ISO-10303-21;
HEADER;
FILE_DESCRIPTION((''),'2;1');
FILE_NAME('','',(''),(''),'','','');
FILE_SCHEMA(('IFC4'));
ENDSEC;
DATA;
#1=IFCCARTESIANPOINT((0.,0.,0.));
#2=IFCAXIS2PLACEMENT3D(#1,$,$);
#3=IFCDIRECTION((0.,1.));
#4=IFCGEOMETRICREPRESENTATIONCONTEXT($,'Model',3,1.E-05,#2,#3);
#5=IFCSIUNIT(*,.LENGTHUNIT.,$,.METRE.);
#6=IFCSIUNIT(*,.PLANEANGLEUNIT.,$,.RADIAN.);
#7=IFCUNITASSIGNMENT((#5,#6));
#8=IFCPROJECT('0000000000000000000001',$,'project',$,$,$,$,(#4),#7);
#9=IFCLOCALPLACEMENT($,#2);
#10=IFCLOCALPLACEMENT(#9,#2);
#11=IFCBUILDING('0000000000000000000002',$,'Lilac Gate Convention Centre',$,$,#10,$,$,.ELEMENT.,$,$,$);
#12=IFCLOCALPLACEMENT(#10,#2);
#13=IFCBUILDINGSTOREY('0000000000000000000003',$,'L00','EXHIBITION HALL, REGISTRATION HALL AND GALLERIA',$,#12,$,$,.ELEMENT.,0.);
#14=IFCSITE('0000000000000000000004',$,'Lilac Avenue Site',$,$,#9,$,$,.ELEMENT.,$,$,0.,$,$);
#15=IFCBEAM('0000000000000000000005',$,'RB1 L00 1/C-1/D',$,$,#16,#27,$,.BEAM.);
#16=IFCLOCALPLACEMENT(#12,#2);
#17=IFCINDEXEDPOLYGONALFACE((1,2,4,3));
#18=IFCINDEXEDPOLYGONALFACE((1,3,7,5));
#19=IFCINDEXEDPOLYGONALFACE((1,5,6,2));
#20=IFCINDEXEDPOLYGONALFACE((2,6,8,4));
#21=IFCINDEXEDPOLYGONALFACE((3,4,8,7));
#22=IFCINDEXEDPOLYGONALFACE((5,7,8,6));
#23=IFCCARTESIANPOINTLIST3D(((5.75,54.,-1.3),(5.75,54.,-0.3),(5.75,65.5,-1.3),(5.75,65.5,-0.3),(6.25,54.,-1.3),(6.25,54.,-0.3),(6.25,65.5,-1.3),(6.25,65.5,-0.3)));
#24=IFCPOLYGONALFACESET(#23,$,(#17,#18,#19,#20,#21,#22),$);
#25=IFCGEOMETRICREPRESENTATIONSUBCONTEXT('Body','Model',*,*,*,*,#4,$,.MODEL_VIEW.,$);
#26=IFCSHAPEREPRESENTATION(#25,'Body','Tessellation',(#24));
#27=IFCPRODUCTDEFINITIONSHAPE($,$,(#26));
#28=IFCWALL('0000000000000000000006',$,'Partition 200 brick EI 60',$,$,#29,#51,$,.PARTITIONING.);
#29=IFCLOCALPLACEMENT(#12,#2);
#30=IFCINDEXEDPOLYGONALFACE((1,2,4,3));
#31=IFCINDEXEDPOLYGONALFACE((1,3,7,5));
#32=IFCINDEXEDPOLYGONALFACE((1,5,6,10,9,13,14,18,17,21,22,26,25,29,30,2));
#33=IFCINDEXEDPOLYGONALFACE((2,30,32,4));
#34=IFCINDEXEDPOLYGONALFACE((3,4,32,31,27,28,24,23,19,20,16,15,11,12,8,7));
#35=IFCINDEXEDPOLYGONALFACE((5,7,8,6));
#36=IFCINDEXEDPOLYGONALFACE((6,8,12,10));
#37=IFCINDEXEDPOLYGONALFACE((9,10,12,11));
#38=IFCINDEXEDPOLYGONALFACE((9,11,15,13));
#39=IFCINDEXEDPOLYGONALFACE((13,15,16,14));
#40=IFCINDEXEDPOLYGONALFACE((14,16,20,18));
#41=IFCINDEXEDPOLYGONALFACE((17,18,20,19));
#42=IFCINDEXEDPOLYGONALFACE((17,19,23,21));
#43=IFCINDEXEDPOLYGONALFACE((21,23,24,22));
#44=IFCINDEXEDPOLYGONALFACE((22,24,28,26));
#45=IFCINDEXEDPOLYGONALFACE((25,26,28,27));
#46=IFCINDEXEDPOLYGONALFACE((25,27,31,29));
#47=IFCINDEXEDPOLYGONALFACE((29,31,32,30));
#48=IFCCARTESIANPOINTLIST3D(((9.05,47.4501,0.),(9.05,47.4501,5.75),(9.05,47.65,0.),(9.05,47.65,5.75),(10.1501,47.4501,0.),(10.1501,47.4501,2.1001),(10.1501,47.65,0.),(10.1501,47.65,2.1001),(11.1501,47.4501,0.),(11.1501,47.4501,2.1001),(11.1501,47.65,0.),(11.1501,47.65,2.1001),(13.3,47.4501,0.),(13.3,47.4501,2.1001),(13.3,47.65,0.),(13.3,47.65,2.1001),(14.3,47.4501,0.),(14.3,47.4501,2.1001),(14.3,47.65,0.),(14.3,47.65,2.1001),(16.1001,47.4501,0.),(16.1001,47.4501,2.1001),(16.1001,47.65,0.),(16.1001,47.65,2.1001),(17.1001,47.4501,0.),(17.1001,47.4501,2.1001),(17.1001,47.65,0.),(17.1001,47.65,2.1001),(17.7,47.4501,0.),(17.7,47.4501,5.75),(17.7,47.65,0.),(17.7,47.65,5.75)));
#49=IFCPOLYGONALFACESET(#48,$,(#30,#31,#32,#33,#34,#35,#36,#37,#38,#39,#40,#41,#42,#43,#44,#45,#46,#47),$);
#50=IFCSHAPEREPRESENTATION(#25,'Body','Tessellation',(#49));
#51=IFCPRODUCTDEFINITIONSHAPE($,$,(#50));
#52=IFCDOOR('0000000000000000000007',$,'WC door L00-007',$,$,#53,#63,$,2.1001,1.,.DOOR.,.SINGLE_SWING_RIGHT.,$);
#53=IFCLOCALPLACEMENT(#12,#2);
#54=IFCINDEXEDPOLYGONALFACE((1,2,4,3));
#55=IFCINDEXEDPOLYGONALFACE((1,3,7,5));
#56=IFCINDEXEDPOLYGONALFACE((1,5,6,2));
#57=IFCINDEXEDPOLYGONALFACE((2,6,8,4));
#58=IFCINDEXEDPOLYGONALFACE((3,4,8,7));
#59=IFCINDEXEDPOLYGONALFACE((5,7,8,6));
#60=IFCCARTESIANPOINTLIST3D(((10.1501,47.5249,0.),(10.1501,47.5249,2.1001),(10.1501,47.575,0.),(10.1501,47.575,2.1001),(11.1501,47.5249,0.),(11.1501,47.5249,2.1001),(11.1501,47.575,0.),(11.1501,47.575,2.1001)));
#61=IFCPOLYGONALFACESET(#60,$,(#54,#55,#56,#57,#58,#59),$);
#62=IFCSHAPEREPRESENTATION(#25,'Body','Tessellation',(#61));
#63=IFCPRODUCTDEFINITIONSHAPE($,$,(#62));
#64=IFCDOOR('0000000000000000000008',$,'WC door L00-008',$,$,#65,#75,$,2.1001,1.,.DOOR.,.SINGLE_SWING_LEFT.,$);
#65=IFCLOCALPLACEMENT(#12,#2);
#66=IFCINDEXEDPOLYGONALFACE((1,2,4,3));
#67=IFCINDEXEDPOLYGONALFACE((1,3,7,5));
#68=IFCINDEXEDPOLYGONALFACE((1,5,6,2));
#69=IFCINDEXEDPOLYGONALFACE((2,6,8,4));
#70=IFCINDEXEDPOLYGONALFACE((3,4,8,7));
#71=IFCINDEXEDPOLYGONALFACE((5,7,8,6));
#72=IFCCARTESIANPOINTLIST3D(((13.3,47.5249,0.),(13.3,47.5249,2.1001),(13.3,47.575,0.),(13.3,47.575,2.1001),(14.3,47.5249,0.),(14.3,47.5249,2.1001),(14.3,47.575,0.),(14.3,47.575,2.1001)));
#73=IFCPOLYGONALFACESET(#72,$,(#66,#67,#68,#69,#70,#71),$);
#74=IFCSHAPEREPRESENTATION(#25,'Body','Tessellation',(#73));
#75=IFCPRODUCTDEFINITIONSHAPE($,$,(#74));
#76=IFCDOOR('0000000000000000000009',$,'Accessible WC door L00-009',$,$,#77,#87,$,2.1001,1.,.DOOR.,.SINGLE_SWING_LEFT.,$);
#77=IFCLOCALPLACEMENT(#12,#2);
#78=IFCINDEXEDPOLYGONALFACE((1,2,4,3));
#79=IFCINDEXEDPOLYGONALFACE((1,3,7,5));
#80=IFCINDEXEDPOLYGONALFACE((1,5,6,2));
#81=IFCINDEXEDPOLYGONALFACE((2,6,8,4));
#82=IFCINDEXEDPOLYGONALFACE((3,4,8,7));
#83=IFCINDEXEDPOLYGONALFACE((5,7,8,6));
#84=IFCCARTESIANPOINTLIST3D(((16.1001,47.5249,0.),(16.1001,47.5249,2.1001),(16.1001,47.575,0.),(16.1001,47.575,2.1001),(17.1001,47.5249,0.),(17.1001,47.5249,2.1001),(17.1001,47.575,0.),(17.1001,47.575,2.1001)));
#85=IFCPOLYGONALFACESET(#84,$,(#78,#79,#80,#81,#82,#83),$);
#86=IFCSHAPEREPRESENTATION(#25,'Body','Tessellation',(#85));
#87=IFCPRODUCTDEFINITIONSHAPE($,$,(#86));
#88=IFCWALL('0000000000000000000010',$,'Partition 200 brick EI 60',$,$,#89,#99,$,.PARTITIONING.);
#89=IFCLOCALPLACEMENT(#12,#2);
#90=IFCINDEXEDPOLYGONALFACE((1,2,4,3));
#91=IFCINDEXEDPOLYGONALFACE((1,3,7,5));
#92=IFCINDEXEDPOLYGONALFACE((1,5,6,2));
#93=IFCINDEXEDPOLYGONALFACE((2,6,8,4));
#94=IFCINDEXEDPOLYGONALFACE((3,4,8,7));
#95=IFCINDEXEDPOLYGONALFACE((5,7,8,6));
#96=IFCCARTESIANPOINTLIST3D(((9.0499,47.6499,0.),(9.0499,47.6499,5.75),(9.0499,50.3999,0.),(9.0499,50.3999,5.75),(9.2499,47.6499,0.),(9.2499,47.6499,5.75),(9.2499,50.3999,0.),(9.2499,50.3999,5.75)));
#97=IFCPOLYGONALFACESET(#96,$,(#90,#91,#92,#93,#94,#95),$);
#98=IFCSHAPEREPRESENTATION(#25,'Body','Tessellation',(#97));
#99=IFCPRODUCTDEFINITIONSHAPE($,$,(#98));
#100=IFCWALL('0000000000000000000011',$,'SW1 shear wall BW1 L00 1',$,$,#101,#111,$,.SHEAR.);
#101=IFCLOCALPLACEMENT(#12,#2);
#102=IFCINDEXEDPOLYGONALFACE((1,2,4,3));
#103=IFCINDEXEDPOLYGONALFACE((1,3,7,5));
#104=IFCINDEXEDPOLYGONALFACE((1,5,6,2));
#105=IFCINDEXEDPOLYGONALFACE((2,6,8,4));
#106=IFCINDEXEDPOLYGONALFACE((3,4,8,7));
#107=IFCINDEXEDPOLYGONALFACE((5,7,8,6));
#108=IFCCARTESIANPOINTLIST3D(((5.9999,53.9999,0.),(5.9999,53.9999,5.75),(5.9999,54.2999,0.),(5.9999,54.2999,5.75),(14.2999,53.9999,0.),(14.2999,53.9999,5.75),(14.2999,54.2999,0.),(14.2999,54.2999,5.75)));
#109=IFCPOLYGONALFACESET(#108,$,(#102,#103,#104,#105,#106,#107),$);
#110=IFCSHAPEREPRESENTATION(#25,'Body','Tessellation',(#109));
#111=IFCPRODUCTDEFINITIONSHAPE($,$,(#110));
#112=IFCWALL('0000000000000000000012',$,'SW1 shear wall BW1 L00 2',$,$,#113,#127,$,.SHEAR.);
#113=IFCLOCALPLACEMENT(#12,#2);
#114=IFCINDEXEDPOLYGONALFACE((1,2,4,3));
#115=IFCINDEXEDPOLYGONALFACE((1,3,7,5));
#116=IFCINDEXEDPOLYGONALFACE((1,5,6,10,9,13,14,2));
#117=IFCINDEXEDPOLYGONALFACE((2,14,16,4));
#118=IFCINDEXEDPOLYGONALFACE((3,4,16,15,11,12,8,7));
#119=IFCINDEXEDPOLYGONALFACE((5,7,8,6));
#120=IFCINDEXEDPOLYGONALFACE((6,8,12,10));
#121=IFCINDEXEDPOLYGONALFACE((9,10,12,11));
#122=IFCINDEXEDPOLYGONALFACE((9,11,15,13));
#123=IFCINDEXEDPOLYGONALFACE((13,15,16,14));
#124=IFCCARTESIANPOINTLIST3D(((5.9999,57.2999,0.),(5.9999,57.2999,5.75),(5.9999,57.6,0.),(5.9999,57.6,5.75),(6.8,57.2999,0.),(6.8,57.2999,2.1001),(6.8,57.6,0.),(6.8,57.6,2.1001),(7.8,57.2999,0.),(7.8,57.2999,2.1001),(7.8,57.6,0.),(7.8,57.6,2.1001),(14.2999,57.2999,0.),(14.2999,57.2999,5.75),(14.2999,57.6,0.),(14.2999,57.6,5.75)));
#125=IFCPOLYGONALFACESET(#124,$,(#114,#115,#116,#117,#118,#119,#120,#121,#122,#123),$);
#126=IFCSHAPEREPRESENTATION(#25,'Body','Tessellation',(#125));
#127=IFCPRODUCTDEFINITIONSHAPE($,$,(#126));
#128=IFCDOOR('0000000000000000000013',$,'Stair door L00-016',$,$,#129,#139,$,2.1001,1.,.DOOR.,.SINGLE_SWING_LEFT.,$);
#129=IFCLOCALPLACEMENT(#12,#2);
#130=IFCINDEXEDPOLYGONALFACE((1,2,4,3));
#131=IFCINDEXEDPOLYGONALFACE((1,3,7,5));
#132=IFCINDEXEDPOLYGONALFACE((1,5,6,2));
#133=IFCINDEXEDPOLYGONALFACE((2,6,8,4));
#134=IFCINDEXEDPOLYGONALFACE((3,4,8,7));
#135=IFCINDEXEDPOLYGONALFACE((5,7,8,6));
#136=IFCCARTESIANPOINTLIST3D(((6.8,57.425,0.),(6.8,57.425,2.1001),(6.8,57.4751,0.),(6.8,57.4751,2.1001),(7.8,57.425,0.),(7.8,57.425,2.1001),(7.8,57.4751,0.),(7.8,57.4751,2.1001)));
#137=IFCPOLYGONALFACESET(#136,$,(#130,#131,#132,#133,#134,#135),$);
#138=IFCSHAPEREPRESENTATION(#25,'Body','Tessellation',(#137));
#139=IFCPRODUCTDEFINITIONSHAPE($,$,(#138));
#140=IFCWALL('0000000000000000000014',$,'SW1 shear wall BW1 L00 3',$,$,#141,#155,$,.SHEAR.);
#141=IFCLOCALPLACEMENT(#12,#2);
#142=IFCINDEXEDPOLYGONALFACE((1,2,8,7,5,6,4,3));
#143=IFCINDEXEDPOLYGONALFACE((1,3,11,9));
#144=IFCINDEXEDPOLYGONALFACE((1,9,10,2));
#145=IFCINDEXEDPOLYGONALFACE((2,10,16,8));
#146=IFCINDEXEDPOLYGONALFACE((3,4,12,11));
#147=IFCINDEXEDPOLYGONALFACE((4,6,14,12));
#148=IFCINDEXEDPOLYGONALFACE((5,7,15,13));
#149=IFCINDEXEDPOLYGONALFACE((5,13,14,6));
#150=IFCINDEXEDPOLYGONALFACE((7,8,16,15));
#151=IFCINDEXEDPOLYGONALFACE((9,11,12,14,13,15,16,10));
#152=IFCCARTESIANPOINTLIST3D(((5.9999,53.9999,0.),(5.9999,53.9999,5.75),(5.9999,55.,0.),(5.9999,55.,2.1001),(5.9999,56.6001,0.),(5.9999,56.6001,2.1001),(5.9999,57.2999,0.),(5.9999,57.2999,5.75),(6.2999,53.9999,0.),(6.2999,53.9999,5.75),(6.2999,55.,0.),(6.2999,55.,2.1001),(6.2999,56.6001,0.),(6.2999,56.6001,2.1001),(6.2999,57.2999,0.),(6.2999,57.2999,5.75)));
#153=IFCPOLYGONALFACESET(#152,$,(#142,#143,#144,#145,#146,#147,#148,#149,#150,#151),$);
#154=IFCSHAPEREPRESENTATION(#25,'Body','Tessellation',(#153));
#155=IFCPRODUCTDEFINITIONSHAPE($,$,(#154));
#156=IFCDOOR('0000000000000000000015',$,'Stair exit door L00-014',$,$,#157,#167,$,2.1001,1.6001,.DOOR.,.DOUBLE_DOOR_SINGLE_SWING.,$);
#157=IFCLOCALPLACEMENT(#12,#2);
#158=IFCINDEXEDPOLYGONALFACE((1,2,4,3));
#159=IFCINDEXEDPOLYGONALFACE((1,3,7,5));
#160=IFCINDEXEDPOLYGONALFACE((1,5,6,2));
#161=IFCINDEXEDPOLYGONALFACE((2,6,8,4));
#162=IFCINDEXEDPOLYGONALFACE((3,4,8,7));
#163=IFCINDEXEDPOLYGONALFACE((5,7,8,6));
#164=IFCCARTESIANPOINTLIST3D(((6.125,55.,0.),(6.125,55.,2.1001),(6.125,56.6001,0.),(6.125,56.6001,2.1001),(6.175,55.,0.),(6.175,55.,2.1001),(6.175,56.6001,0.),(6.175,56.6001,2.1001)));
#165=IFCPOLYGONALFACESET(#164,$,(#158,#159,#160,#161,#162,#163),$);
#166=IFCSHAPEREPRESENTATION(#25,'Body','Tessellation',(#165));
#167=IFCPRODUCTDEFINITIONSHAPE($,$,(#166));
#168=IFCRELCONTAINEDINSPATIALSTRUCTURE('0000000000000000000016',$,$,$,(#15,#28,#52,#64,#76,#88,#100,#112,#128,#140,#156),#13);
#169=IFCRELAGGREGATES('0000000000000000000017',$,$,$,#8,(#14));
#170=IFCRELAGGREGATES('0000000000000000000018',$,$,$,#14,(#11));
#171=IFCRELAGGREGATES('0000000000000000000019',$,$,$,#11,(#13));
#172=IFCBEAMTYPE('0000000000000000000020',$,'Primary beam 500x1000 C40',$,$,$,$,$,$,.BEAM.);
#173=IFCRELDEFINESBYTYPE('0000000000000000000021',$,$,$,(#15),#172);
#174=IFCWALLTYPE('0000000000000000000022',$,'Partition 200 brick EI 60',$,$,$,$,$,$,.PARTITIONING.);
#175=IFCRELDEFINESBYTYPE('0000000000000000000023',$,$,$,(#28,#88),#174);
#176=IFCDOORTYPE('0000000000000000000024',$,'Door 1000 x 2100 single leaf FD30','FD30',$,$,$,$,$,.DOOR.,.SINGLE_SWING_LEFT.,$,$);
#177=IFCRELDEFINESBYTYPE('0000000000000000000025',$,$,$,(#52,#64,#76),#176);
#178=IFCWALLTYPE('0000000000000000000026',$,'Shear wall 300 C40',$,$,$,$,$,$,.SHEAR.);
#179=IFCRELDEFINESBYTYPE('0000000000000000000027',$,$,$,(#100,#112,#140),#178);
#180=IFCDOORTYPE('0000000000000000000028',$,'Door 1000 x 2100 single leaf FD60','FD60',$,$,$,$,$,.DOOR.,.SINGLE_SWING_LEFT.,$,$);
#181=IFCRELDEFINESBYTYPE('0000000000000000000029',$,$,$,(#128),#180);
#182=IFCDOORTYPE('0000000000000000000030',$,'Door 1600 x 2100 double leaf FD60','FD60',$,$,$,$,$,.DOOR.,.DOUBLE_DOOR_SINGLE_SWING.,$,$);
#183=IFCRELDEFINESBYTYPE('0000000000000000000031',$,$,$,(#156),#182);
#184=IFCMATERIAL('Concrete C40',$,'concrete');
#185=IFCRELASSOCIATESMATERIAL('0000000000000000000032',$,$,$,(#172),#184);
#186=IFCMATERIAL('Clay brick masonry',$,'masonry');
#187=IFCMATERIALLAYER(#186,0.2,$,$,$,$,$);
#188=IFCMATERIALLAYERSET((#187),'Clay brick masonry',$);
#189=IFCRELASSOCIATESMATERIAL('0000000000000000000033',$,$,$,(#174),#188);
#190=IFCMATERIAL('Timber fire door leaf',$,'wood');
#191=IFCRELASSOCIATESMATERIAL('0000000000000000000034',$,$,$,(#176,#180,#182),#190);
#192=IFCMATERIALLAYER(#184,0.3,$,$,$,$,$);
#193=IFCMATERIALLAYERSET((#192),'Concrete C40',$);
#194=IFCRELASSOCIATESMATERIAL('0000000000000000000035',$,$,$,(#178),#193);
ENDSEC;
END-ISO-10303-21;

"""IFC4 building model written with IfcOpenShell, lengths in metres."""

from ifc_helpers import new_model, si_unit, direction, frame, frame_2d, origin, origin_2d, place, context, subcontext, project, spatial, rectangle, extrude, material, layer, layer_set, material_profile, profile_set, type_object, element, fill, save


model = new_model("IFC4")

# Units and contexts
model_context = context("Model", 3, precision=1e-05, world=origin(), true_north=direction((0.0, 1.0)))
body_context = subcontext(model_context, "Body", "Model", "MODEL_VIEW")
ifc_project = project(units=[si_unit("LENGTHUNIT", "METRE"), si_unit("PLANEANGLEUNIT", "RADIAN")], contexts=[model_context])

# Site, building, storey
site_placement = place(None, origin())
site = spatial("IfcSite", under=ifc_project, at=site_placement, Name="Lilac Avenue Site", CompositionType="ELEMENT", RefElevation=0.0)
building_placement = place(site_placement, origin())
building = spatial("IfcBuilding", under=site, at=building_placement, Name="Lilac Gate Convention Centre", CompositionType="ELEMENT")
storey_placement = place(building_placement, origin())
storey = spatial("IfcBuildingStorey", under=building, at=storey_placement, Name="L00", Description="EXHIBITION HALL, REGISTRATION HALL AND GALLERIA", CompositionType="ELEMENT", Elevation=0.0)

# Beam
ifc_material_1 = material(Name="Concrete C40", Category="concrete")
ifc_material_profile = material_profile(ifc_material_1, rectangle(XDim=0.5, YDim=1.0, at=origin_2d()), Name="RC 500x1000")
ifc_profile_set = profile_set([ifc_material_profile], Name="Concrete C40")
beam_type = type_object("IfcBeamType", Name="Primary beam 500x1000 C40", PredefinedType="BEAM", material=ifc_profile_set)
beam_placement = place(storey_placement, frame((6.0, 54.0, -0.8), z_axis=(0.0, 1.0, 0.0), x_axis=(-1.0, 0.0, 0.0)))
element("IfcBeam", 1, at=beam_placement, inside=storey, type_object=beam_type, Name="RB1 L00 1/C-1/D", PredefinedType="BEAM", context=body_context, shape_type="SweptSolid", body=[
    extrude(rectangle(XDim=0.5, YDim=1.0, at=origin_2d()), origin(), (0.0, 0.0, 1.0), 11.5),
])

# Wall, openings, doors
ifc_material_2 = material(Name="Clay brick masonry", Category="masonry")
ifc_layer_1 = layer(ifc_material_2, 0.2)
ifc_layer_set_1 = layer_set([ifc_layer_1], Name="Clay brick masonry")
wall_type_1 = type_object("IfcWallType", Name="Partition 200 brick EI 60", PredefinedType="PARTITIONING", material=ifc_layer_set_1)
wall_1_placement = place(storey_placement, frame((9.05, 47.55, 0.0), z_axis=(0.0, 0.0, 1.0), x_axis=(1.0, 0.0, 0.0)))
wall_1 = element("IfcWall", 2, at=wall_1_placement, inside=storey, type_object=wall_type_1, Name="Partition 200 brick EI 60", PredefinedType="PARTITIONING", context=body_context, shape_type="SweptSolid", body=[
    extrude(rectangle(XDim=8.6499, YDim=0.2, at=frame_2d((4.325, 0.0))), origin(), (0.0, 0.0, 1.0), 5.75),
])
opening_1_placement = place(wall_1_placement, frame((1.1001, 0.0, 0.0)))
opening_1 = element("IfcOpeningElement", 3, at=opening_1_placement, cuts=wall_1, PredefinedType="OPENING", context=body_context, shape_type="SweptSolid", body=[
    extrude(rectangle(XDim=1.0, YDim=2.1001, at=frame_2d((0.5, 1.05))), frame((0.0, 0.1099, 0.0), z_axis=(0.0, -1.0, 0.0), x_axis=(1.0, 0.0, 0.0)), (0.0, 0.0, 1.0), 0.22),
])
opening_2_placement = place(wall_1_placement, frame((4.25, 0.0, 0.0)))
opening_2 = element("IfcOpeningElement", 4, at=opening_2_placement, cuts=wall_1, PredefinedType="OPENING", context=body_context, shape_type="SweptSolid", body=[
    extrude(rectangle(XDim=1.0, YDim=2.1001, at=frame_2d((0.5, 1.05))), frame((0.0, 0.1099, 0.0), z_axis=(0.0, -1.0, 0.0), x_axis=(1.0, 0.0, 0.0)), (0.0, 0.0, 1.0), 0.22),
])
opening_3_placement = place(wall_1_placement, frame((7.05, 0.0, 0.0)))
opening_3 = element("IfcOpeningElement", 5, at=opening_3_placement, cuts=wall_1, PredefinedType="OPENING", context=body_context, shape_type="SweptSolid", body=[
    extrude(rectangle(XDim=1.0, YDim=2.1001, at=frame_2d((0.5, 1.05))), frame((0.0, 0.1099, 0.0), z_axis=(0.0, -1.0, 0.0), x_axis=(1.0, 0.0, 0.0)), (0.0, 0.0, 1.0), 0.22),
])
ifc_material_3 = material(Name="Timber fire door leaf", Category="wood")
door_type_1 = type_object("IfcDoorType", Name="Door 1000 x 2100 single leaf FD30", Description="FD30", OperationType="SINGLE_SWING_LEFT", PredefinedType="DOOR", material=ifc_material_3)
door_1_placement = place(opening_1_placement, origin())
door_1 = element("IfcDoor", 6, at=door_1_placement, inside=storey, type_object=door_type_1, Name="WC door L00-007", OperationType="SINGLE_SWING_RIGHT", OverallHeight=2.1001, OverallWidth=1.0, PredefinedType="DOOR", context=body_context, shape_type="SweptSolid", body=[
    extrude(rectangle(XDim=1.0, YDim=2.1001, at=frame_2d((0.5, 1.05))), frame((0.0, 0.0249, 0.0), z_axis=(0.0, -1.0, 0.0), x_axis=(1.0, 0.0, 0.0)), (0.0, 0.0, 1.0), 0.05),
])
fill(opening_1, door_1)
door_2_placement = place(opening_2_placement, origin())
door_2 = element("IfcDoor", 7, at=door_2_placement, inside=storey, type_object=door_type_1, Name="WC door L00-008", OperationType="SINGLE_SWING_LEFT", OverallHeight=2.1001, OverallWidth=1.0, PredefinedType="DOOR", context=body_context, shape_type="SweptSolid", body=[
    extrude(rectangle(XDim=1.0, YDim=2.1001, at=frame_2d((0.5, 1.05))), frame((0.0, 0.0249, 0.0), z_axis=(0.0, -1.0, 0.0), x_axis=(1.0, 0.0, 0.0)), (0.0, 0.0, 1.0), 0.05),
])
fill(opening_2, door_2)
door_3_placement = place(opening_3_placement, origin())
door_3 = element("IfcDoor", 8, at=door_3_placement, inside=storey, type_object=door_type_1, Name="Accessible WC door L00-009", OperationType="SINGLE_SWING_LEFT", OverallHeight=2.1001, OverallWidth=1.0, PredefinedType="DOOR", context=body_context, shape_type="SweptSolid", body=[
    extrude(rectangle(XDim=1.0, YDim=2.1001, at=frame_2d((0.5, 1.05))), frame((0.0, 0.0249, 0.0), z_axis=(0.0, -1.0, 0.0), x_axis=(1.0, 0.0, 0.0)), (0.0, 0.0, 1.0), 0.05),
])
fill(opening_3, door_3)

# Walls
wall_2_placement = place(storey_placement, frame((9.1499, 47.6499, 0.0), z_axis=(0.0, 0.0, 1.0), x_axis=(0.0, 1.0, 0.0)))
element("IfcWall", 9, at=wall_2_placement, inside=storey, type_object=wall_type_1, Name="Partition 200 brick EI 60", PredefinedType="PARTITIONING", context=body_context, shape_type="SweptSolid", body=[
    extrude(rectangle(XDim=2.75, YDim=0.2, at=frame_2d((1.375, 0.0))), origin(), (0.0, 0.0, 1.0), 5.75),
])
ifc_layer_2 = layer(ifc_material_1, 0.3)
ifc_layer_set_2 = layer_set([ifc_layer_2], Name="Concrete C40")
wall_type_2 = type_object("IfcWallType", Name="Shear wall 300 C40", PredefinedType="SHEAR", material=ifc_layer_set_2)
wall_3_placement = place(storey_placement, frame((6.0, 54.1499, 0.0), z_axis=(0.0, 0.0, 1.0), x_axis=(1.0, 0.0, 0.0)))
element("IfcWall", 10, at=wall_3_placement, inside=storey, type_object=wall_type_2, Name="SW1 shear wall BW1 L00 1", PredefinedType="SHEAR", context=body_context, shape_type="SweptSolid", body=[
    extrude(rectangle(XDim=8.3, YDim=0.3, at=frame_2d((4.1499, 0.0))), origin(), (0.0, 0.0, 1.0), 5.75),
])

# Walls, openings, doors
wall_4_placement = place(storey_placement, frame((6.0, 57.45, 0.0), z_axis=(0.0, 0.0, 1.0), x_axis=(1.0, 0.0, 0.0)))
wall_4 = element("IfcWall", 11, at=wall_4_placement, inside=storey, type_object=wall_type_2, Name="SW1 shear wall BW1 L00 2", PredefinedType="SHEAR", context=body_context, shape_type="SweptSolid", body=[
    extrude(rectangle(XDim=8.3, YDim=0.3, at=frame_2d((4.1499, 0.0))), origin(), (0.0, 0.0, 1.0), 5.75),
])
opening_4_placement = place(wall_4_placement, frame((0.8, 0.0, 0.0)))
opening_4 = element("IfcOpeningElement", 12, at=opening_4_placement, cuts=wall_4, PredefinedType="OPENING", context=body_context, shape_type="SweptSolid", body=[
    extrude(rectangle(XDim=1.0, YDim=2.1001, at=frame_2d((0.5, 1.05))), frame((0.0, 0.1599, 0.0), z_axis=(0.0, -1.0, 0.0), x_axis=(1.0, 0.0, 0.0)), (0.0, 0.0, 1.0), 0.3201),
])
door_type_2 = type_object("IfcDoorType", Name="Door 1000 x 2100 single leaf FD60", Description="FD60", OperationType="SINGLE_SWING_LEFT", PredefinedType="DOOR", material=ifc_material_3)
door_4_placement = place(opening_4_placement, frame((1.0, 0.0, 0.0), z_axis=(0.0, 0.0, 1.0), x_axis=(-1.0, 0.0, 0.0)))
door_4 = element("IfcDoor", 13, at=door_4_placement, inside=storey, type_object=door_type_2, Name="Stair door L00-016", OperationType="SINGLE_SWING_LEFT", OverallHeight=2.1001, OverallWidth=1.0, PredefinedType="DOOR", context=body_context, shape_type="SweptSolid", body=[
    extrude(rectangle(XDim=1.0, YDim=2.1001, at=frame_2d((0.5, 1.05))), frame((0.0, 0.0249, 0.0), z_axis=(0.0, -1.0, 0.0), x_axis=(1.0, 0.0, 0.0)), (0.0, 0.0, 1.0), 0.05),
])
fill(opening_4, door_4)
wall_5_placement = place(storey_placement, frame((6.1499, 54.0, 0.0), z_axis=(0.0, 0.0, 1.0), x_axis=(0.0, 1.0, 0.0)))
wall_5 = element("IfcWall", 14, at=wall_5_placement, inside=storey, type_object=wall_type_2, Name="SW1 shear wall BW1 L00 3", PredefinedType="SHEAR", context=body_context, shape_type="SweptSolid", body=[
    extrude(rectangle(XDim=3.3, YDim=0.3, at=frame_2d((1.6499, 0.0))), origin(), (0.0, 0.0, 1.0), 5.75),
])
opening_5_placement = place(wall_5_placement, frame((1.0, 0.0, 0.0)))
opening_5 = element("IfcOpeningElement", 15, at=opening_5_placement, cuts=wall_5, PredefinedType="OPENING", context=body_context, shape_type="SweptSolid", body=[
    extrude(rectangle(XDim=1.6001, YDim=2.1001, at=frame_2d((0.8, 1.05))), frame((0.0, 0.1599, 0.0), z_axis=(0.0, -1.0, 0.0), x_axis=(1.0, 0.0, 0.0)), (0.0, 0.0, 1.0), 0.3201),
])
door_type_3 = type_object("IfcDoorType", Name="Door 1600 x 2100 double leaf FD60", Description="FD60", OperationType="DOUBLE_DOOR_SINGLE_SWING", PredefinedType="DOOR", material=ifc_material_3)
door_5_placement = place(opening_5_placement, origin())
door_5 = element("IfcDoor", 16, at=door_5_placement, inside=storey, type_object=door_type_3, Name="Stair exit door L00-014", OperationType="DOUBLE_DOOR_SINGLE_SWING", OverallHeight=2.1001, OverallWidth=1.6001, PredefinedType="DOOR", context=body_context, shape_type="SweptSolid", body=[
    extrude(rectangle(XDim=1.6001, YDim=2.1001, at=frame_2d((0.8, 1.05))), frame((0.0, 0.0249, 0.0), z_axis=(0.0, -1.0, 0.0), x_axis=(1.0, 0.0, 0.0)), (0.0, 0.0, 1.0), 0.05),
])
fill(opening_5, door_5)

save(model, "model.ifc")
